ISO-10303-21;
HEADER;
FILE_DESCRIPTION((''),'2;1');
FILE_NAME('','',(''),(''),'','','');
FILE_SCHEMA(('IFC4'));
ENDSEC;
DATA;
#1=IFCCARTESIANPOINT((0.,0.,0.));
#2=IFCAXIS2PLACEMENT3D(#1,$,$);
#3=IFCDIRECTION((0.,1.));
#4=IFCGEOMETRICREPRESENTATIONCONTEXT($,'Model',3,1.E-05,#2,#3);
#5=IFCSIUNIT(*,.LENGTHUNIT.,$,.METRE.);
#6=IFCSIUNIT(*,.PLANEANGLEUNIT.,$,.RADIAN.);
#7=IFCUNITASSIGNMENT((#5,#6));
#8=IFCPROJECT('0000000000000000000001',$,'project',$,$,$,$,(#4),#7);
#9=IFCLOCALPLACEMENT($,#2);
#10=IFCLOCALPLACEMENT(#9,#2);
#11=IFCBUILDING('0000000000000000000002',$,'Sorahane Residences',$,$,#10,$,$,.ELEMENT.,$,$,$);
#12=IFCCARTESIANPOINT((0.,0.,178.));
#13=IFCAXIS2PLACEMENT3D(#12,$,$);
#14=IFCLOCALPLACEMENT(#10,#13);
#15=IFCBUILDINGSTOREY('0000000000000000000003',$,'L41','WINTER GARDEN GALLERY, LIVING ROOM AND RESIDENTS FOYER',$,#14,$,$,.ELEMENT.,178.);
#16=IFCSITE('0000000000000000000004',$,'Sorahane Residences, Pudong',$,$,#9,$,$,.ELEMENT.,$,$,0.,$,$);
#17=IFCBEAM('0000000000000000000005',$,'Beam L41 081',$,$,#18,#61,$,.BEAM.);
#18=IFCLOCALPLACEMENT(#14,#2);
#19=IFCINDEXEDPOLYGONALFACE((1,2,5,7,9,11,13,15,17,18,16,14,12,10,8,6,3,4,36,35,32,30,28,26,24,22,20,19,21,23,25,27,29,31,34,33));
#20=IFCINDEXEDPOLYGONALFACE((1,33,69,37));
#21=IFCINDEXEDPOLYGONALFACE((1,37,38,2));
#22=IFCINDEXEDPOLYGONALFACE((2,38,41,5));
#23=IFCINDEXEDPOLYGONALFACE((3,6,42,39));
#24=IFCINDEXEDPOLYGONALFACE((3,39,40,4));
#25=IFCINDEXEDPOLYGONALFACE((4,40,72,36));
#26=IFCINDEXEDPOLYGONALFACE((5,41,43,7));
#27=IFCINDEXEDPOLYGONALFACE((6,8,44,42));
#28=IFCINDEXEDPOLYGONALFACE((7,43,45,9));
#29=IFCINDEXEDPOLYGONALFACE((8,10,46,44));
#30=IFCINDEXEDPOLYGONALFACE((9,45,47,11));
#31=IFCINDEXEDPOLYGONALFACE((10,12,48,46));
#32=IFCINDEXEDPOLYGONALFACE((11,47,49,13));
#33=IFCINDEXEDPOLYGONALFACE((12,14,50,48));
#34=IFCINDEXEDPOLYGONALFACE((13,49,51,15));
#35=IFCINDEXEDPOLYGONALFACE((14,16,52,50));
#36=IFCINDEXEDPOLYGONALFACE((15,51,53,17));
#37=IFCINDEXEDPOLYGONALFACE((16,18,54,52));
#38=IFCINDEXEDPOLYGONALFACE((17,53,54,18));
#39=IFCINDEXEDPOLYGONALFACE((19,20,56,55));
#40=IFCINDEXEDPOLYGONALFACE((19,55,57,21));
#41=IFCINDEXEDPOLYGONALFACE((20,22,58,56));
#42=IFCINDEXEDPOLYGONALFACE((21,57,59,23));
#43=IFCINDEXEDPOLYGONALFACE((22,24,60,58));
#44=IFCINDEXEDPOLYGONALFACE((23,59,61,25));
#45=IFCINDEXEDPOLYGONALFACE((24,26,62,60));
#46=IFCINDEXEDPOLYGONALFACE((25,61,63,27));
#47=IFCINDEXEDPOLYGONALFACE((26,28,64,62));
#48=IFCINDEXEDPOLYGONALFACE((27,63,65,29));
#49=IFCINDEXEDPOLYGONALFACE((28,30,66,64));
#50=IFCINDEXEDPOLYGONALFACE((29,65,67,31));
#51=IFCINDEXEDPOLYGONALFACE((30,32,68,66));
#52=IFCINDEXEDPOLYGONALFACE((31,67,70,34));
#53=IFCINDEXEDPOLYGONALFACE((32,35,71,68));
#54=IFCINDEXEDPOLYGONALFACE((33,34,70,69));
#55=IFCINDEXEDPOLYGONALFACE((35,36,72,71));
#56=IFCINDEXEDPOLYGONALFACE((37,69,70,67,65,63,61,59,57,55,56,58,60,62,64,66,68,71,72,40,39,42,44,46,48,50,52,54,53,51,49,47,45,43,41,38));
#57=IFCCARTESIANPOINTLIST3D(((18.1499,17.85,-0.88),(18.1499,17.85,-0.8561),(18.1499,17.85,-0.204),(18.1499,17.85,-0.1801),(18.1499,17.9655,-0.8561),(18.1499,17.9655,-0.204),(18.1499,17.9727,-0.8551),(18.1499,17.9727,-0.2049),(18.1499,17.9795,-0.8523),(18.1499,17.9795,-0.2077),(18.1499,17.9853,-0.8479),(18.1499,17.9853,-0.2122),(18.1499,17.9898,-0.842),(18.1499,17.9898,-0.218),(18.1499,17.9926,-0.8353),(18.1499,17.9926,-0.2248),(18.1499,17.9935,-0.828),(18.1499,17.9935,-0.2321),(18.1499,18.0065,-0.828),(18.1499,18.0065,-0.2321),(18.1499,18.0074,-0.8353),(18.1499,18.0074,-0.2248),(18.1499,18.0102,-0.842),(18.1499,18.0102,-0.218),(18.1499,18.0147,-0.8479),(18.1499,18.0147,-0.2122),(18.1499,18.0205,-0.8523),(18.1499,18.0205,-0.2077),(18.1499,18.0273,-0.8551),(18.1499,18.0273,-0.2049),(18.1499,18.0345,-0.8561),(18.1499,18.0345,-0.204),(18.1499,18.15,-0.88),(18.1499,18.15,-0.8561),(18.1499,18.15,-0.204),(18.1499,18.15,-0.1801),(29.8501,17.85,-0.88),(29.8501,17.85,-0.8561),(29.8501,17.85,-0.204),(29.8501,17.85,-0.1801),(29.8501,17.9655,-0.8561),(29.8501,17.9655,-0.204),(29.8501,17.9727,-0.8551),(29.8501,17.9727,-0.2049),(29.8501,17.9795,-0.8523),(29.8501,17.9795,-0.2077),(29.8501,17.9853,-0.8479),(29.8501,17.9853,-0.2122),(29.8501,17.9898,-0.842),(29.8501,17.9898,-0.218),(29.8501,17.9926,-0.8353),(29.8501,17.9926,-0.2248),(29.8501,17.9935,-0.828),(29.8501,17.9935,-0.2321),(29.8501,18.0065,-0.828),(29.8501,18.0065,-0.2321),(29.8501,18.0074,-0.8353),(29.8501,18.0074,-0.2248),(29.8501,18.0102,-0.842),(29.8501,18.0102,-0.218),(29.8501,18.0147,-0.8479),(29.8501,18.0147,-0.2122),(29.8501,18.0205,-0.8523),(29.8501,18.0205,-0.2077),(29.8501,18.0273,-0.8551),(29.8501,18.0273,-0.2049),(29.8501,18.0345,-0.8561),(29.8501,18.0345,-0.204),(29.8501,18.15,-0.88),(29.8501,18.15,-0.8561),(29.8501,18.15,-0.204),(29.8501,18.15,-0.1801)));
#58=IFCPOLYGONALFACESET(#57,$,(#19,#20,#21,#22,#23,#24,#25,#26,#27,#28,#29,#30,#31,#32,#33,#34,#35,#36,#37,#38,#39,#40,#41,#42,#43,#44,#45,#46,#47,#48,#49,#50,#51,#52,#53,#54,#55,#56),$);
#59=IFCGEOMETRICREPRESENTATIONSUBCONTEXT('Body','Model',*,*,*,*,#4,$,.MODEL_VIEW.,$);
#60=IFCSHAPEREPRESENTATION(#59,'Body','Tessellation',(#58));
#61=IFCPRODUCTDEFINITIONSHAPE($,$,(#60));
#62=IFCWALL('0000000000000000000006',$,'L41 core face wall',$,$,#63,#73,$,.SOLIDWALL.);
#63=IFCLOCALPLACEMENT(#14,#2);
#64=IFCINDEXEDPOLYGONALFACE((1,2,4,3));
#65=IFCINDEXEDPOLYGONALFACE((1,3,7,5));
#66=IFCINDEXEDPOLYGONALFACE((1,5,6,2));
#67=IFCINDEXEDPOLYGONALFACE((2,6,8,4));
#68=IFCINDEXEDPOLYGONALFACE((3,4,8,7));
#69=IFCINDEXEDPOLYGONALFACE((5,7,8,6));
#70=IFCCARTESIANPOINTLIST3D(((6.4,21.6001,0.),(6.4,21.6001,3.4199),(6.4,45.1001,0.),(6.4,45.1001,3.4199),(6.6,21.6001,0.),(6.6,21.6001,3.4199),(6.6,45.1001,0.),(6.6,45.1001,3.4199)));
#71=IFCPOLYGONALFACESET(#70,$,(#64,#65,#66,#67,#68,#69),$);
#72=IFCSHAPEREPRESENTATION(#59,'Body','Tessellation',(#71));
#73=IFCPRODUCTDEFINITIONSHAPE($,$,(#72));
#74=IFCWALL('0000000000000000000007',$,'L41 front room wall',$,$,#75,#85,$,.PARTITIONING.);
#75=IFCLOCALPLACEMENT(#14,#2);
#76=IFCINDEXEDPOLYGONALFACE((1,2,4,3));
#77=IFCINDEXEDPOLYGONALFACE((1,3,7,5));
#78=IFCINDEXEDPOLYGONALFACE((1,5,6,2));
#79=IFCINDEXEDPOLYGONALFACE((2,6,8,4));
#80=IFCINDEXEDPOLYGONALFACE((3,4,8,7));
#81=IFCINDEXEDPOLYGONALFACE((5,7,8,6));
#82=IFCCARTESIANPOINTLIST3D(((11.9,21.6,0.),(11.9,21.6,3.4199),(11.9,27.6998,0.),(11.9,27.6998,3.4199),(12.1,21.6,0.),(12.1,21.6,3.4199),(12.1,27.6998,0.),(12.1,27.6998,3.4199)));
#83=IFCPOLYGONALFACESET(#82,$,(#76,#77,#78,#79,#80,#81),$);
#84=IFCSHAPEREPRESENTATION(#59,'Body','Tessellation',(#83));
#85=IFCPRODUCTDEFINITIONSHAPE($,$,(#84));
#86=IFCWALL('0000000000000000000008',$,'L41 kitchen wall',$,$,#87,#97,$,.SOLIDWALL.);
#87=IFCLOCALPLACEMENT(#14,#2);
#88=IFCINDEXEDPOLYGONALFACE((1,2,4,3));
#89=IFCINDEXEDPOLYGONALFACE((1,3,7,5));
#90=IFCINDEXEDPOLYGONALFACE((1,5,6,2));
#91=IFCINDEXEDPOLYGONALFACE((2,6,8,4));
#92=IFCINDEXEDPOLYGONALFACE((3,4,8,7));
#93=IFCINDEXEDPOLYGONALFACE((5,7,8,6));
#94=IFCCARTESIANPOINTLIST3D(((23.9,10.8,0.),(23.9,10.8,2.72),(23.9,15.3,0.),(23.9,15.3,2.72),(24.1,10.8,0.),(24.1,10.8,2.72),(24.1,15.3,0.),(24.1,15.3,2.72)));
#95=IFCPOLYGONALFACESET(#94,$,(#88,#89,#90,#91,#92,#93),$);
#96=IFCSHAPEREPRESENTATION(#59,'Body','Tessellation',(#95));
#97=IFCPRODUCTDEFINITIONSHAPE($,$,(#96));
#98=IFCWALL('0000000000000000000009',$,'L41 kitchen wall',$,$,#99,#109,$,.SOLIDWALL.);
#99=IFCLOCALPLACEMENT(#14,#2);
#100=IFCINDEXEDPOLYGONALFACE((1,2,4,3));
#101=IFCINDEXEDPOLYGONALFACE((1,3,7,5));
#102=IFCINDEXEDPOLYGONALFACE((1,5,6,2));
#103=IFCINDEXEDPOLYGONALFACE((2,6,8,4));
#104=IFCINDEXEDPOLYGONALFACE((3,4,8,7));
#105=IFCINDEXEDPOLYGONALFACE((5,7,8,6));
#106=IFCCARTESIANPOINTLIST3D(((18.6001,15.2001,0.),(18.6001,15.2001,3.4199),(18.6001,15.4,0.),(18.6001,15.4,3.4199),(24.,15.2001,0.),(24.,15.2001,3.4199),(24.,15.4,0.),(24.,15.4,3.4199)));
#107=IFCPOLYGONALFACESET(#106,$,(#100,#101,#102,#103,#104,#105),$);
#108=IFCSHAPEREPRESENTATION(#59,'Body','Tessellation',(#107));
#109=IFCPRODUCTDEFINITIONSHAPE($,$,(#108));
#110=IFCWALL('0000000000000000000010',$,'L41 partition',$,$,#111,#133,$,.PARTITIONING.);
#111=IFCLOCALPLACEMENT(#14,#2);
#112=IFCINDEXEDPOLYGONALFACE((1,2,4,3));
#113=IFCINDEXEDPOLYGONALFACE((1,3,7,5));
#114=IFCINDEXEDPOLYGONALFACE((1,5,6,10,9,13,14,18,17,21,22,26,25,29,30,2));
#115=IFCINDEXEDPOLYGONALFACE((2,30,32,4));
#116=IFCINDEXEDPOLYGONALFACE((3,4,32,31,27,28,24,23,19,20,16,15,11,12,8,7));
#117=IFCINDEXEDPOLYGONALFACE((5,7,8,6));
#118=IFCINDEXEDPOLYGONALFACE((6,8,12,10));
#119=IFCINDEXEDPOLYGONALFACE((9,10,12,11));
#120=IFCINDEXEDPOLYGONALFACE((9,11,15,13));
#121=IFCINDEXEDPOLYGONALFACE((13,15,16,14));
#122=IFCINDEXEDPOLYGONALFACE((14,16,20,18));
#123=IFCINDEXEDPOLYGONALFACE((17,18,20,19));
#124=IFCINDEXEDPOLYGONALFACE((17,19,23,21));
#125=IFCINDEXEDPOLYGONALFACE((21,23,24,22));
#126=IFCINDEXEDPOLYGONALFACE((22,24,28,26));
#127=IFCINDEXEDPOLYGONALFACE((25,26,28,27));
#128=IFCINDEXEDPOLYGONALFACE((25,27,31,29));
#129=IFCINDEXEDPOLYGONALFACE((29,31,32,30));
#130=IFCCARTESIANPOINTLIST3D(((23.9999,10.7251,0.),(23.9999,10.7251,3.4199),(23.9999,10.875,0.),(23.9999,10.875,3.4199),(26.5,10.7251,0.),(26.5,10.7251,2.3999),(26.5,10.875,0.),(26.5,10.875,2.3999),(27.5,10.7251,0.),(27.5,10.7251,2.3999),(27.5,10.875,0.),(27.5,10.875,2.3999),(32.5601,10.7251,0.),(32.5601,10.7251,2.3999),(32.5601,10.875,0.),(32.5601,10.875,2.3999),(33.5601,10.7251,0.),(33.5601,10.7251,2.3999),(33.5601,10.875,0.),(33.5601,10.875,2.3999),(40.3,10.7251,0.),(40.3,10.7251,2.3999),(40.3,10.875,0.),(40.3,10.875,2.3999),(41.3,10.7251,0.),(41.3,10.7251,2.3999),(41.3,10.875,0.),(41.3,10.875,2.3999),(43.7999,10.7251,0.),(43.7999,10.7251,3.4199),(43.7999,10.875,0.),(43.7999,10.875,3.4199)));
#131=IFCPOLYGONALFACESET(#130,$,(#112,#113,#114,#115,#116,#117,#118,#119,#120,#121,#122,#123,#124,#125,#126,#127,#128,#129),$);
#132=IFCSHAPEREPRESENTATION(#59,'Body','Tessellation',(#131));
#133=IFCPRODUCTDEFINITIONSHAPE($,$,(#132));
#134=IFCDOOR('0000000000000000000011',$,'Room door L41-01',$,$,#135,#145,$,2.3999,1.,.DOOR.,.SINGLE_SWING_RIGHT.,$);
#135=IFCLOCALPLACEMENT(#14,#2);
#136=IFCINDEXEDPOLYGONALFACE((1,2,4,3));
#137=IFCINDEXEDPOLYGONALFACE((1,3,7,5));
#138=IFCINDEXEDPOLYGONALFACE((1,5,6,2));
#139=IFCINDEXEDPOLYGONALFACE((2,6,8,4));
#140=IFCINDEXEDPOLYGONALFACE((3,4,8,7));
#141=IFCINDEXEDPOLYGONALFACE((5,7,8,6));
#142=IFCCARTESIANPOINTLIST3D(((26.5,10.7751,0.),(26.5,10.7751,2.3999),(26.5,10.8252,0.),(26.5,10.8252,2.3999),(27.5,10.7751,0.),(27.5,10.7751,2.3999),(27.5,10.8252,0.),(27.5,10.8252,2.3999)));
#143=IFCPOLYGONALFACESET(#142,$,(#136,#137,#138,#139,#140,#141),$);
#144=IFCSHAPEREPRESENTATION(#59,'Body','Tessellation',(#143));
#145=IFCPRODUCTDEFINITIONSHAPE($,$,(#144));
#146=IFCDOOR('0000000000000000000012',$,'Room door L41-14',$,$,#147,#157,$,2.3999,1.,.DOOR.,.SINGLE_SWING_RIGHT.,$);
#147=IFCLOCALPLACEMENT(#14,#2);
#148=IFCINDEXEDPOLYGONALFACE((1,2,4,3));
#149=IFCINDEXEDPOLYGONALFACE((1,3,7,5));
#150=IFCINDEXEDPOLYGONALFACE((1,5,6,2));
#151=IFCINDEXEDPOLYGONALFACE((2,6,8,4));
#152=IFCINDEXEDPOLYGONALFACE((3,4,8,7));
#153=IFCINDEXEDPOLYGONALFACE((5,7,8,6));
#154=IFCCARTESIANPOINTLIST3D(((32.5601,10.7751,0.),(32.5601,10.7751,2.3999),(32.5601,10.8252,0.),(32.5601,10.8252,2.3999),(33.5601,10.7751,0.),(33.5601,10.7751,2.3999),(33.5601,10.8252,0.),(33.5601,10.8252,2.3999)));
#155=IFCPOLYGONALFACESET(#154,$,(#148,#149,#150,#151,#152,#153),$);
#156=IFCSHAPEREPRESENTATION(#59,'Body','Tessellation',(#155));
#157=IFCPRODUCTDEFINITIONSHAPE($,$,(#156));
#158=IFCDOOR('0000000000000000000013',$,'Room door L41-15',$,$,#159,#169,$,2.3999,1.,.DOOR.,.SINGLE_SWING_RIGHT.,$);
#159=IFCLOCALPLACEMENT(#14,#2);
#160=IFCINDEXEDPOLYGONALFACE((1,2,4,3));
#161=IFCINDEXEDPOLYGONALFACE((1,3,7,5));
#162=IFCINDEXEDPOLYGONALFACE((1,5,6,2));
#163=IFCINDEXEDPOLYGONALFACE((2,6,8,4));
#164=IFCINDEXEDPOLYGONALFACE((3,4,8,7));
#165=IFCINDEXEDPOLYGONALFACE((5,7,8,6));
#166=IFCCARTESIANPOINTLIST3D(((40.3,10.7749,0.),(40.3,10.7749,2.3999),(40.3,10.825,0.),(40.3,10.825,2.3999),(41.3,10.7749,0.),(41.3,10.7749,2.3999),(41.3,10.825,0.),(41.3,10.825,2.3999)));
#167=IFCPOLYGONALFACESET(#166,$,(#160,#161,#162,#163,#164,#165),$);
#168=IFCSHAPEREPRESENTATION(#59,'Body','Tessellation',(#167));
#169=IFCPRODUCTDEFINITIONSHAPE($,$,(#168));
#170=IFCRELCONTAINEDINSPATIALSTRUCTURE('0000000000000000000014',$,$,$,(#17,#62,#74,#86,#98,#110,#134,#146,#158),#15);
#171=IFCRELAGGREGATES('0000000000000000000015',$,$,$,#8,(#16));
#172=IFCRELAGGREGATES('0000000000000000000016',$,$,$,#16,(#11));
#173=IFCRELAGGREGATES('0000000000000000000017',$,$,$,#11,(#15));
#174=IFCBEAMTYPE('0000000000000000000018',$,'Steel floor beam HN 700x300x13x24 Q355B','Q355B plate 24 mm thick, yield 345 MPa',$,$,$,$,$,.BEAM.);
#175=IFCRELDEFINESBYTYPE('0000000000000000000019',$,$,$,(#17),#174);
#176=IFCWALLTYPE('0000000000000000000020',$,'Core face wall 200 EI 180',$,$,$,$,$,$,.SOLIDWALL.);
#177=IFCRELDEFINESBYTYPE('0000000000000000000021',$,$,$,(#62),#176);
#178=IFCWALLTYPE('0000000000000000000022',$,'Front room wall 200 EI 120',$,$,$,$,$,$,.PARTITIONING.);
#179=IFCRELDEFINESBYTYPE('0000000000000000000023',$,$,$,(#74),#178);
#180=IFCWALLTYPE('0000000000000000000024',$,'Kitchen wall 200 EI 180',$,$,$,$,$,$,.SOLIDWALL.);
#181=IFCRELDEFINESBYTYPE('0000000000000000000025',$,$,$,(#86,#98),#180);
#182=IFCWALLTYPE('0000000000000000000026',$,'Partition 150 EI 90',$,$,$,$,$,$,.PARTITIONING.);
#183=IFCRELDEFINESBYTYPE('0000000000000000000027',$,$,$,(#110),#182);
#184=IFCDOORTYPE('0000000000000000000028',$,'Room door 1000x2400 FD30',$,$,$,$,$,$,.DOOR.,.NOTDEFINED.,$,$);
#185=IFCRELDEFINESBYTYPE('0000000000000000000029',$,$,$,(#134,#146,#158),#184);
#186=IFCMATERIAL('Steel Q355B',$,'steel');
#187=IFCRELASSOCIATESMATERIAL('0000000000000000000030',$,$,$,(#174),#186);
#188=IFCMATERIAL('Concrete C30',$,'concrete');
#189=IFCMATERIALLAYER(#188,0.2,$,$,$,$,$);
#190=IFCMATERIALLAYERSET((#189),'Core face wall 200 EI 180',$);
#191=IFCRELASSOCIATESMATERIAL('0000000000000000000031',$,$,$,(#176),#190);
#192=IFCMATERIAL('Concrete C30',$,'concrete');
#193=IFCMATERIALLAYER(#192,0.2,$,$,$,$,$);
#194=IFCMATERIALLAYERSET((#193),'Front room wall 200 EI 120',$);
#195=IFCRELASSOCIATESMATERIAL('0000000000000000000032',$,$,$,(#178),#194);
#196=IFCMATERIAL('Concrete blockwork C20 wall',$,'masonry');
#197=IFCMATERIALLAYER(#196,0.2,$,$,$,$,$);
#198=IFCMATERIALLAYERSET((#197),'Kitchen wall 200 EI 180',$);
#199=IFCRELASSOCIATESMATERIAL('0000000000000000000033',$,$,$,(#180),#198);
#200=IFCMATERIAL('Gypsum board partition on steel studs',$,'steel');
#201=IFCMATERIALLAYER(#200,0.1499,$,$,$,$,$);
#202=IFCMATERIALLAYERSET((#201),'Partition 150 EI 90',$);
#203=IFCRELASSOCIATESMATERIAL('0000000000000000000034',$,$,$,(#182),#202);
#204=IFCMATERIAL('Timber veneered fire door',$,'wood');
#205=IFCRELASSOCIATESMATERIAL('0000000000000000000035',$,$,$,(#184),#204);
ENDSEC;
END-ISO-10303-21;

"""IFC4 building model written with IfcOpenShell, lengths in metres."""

from ifc_helpers import new_model, si_unit, direction, frame, frame_2d, origin, origin_2d, place, context, subcontext, project, spatial, rectangle, i_section, extrude, material, layer, layer_set, material_profile, profile_set, type_object, element, fill, save


model = new_model("IFC4")

# Units and contexts
model_context = context("Model", 3, precision=1e-05, world=origin(), true_north=direction((0.0, 1.0)))
body_context = subcontext(model_context, "Body", "Model", "MODEL_VIEW")
ifc_project = project(units=[si_unit("LENGTHUNIT", "METRE"), si_unit("PLANEANGLEUNIT", "RADIAN")], contexts=[model_context])

# Site, building, storey
site_placement = place(None, origin())
site = spatial("IfcSite", under=ifc_project, at=site_placement, Name="Sorahane Residences, Pudong", CompositionType="ELEMENT", RefElevation=0.0)
building_placement = place(site_placement, origin())
building = spatial("IfcBuilding", under=site, at=building_placement, Name="Sorahane Residences", CompositionType="ELEMENT")
storey_placement = place(building_placement, frame((0.0, 0.0, 178.0)))
storey = spatial("IfcBuildingStorey", under=building, at=storey_placement, Name="L41", Description="WINTER GARDEN GALLERY, LIVING ROOM AND RESIDENTS FOYER", CompositionType="ELEMENT", Elevation=178.0)

# Beam
ifc_material_1 = material(Name="Steel Q355B", Category="steel")
ifc_material_profile_1 = material_profile(ifc_material_1, i_section(OverallWidth=0.3, OverallDepth=0.7, WebThickness=0.0129, FlangeThickness=0.0239, FilletRadius=0.0281, at=origin_2d()), Name="HN 700x300x13x24")
ifc_profile_set_1 = profile_set([ifc_material_profile_1], Name="Steel Q355B")
beam_type_1 = type_object("IfcBeamType", Name="Steel floor beam HN 700x300x13x24 Q355B", Description="Q355B plate 24 mm thick, yield 345 MPa", PredefinedType="BEAM", material=ifc_profile_set_1)
for number, where, z_axis, x_axis, name in (
    (1, (18.1499, 18.0, -0.53), (1.0, 0.0, 0.0), (0.0, 1.0, 0.0), "Beam L41 081"),
):
    element("IfcBeam", number, at=place(storey_placement, frame(where, z_axis=z_axis, x_axis=x_axis)), inside=storey, type_object=beam_type_1, Name=name, PredefinedType="BEAM", context=body_context, shape_type="SweptSolid", body=[
        extrude(i_section(OverallWidth=0.3, OverallDepth=0.7, WebThickness=0.0129, FlangeThickness=0.0239, FilletRadius=0.0281, at=origin_2d()), origin(), (0.0, 0.0, 1.0), 11.7002),
    ])

# Walls
ifc_material_2 = material(Name="Concrete C30", Category="concrete")
ifc_layer_1 = layer(ifc_material_2, 0.2)
ifc_layer_set_1 = layer_set([ifc_layer_1], Name="Core face wall 200 EI 180")
wall_type_1 = type_object("IfcWallType", Name="Core face wall 200 EI 180", PredefinedType="SOLIDWALL", material=ifc_layer_set_1)
wall_1_placement = place(storey_placement, frame((6.5, 21.6001, 0.0), z_axis=(0.0, 0.0, 1.0), x_axis=(0.0, 1.0, 0.0)))
element("IfcWall", 2, at=wall_1_placement, inside=storey, type_object=wall_type_1, Name="L41 core face wall", PredefinedType="SOLIDWALL", context=body_context, shape_type="SweptSolid", body=[
    extrude(rectangle(XDim=23.5, YDim=0.2, at=frame_2d((11.75, 0.0))), origin(), (0.0, 0.0, 1.0), 3.4199),
])
ifc_material_3 = material(Name="Concrete C30", Category="concrete")
ifc_layer_2 = layer(ifc_material_3, 0.2)
ifc_layer_set_2 = layer_set([ifc_layer_2], Name="Front room wall 200 EI 120")
wall_type_2 = type_object("IfcWallType", Name="Front room wall 200 EI 120", PredefinedType="PARTITIONING", material=ifc_layer_set_2)
wall_2_placement = place(storey_placement, frame((12.0, 21.6001, 0.0), z_axis=(0.0, 0.0, 1.0), x_axis=(0.0, 1.0, 0.0)))
element("IfcWall", 3, at=wall_2_placement, inside=storey, type_object=wall_type_2, Name="L41 front room wall", PredefinedType="PARTITIONING", context=body_context, shape_type="SweptSolid", body=[
    extrude(rectangle(XDim=6.0999, YDim=0.2, at=frame_2d((3.0498, 0.0))), origin(), (0.0, 0.0, 1.0), 3.4199),
])
ifc_material_4 = material(Name="Concrete blockwork C20 wall", Category="masonry")
ifc_layer_3 = layer(ifc_material_4, 0.2)
ifc_layer_set_3 = layer_set([ifc_layer_3], Name="Kitchen wall 200 EI 180")
wall_type_3 = type_object("IfcWallType", Name="Kitchen wall 200 EI 180", PredefinedType="SOLIDWALL", material=ifc_layer_set_3)
wall_3_placement = place(storey_placement, frame((24.0, 10.8, 0.0), z_axis=(0.0, 0.0, 1.0), x_axis=(0.0, 1.0, 0.0)))
element("IfcWall", 4, at=wall_3_placement, inside=storey, type_object=wall_type_3, Name="L41 kitchen wall", PredefinedType="SOLIDWALL", context=body_context, shape_type="SweptSolid", body=[
    extrude(rectangle(XDim=4.5, YDim=0.2, at=frame_2d((2.25, 0.0))), origin(), (0.0, 0.0, 1.0), 2.72),
])
wall_4_placement = place(storey_placement, frame((18.6001, 15.3, 0.0), z_axis=(0.0, 0.0, 1.0), x_axis=(1.0, 0.0, 0.0)))
element("IfcWall", 5, at=wall_4_placement, inside=storey, type_object=wall_type_3, Name="L41 kitchen wall", PredefinedType="SOLIDWALL", context=body_context, shape_type="SweptSolid", body=[
    extrude(rectangle(XDim=5.3999, YDim=0.2, at=frame_2d((2.7, 0.0))), origin(), (0.0, 0.0, 1.0), 3.4199),
])

# Wall, openings, doors
ifc_material_5 = material(Name="Gypsum board partition on steel studs", Category="steel")
ifc_layer_4 = layer(ifc_material_5, 0.1499)
ifc_layer_set_4 = layer_set([ifc_layer_4], Name="Partition 150 EI 90")
wall_type_4 = type_object("IfcWallType", Name="Partition 150 EI 90", PredefinedType="PARTITIONING", material=ifc_layer_set_4)
wall_5_placement = place(storey_placement, frame((24.0, 10.8, 0.0), z_axis=(0.0, 0.0, 1.0), x_axis=(1.0, 0.0, 0.0)))
wall_5 = element("IfcWall", 6, at=wall_5_placement, inside=storey, type_object=wall_type_4, Name="L41 partition", PredefinedType="PARTITIONING", context=body_context, shape_type="SweptSolid", body=[
    extrude(rectangle(XDim=19.8, YDim=0.1499, at=frame_2d((9.8999, 0.0))), origin(), (0.0, 0.0, 1.0), 3.4199),
])
opening_1_placement = place(wall_5_placement, frame((2.5, 0.0, 0.0)))
opening_1 = element("IfcOpeningElement", 7, at=opening_1_placement, cuts=wall_5, PredefinedType="OPENING", context=body_context, shape_type="SweptSolid", body=[
    extrude(rectangle(XDim=1.0, YDim=2.3999, at=frame_2d((0.5, 1.2))), frame((0.0, 0.085, 0.0), z_axis=(0.0, -1.0, 0.0), x_axis=(1.0, 0.0, 0.0)), (0.0, 0.0, 1.0), 0.1699),
])
opening_2_placement = place(wall_5_placement, frame((8.5601, 0.0, 0.0)))
opening_2 = element("IfcOpeningElement", 8, at=opening_2_placement, cuts=wall_5, PredefinedType="OPENING", context=body_context, shape_type="SweptSolid", body=[
    extrude(rectangle(XDim=1.0, YDim=2.3999, at=frame_2d((0.5, 1.2))), frame((0.0, 0.085, 0.0), z_axis=(0.0, -1.0, 0.0), x_axis=(1.0, 0.0, 0.0)), (0.0, 0.0, 1.0), 0.1699),
])
opening_3_placement = place(wall_5_placement, frame((16.3, 0.0, 0.0)))
opening_3 = element("IfcOpeningElement", 9, at=opening_3_placement, cuts=wall_5, PredefinedType="OPENING", context=body_context, shape_type="SweptSolid", body=[
    extrude(rectangle(XDim=1.0, YDim=2.3999, at=frame_2d((0.5, 1.2))), frame((0.0, 0.085, 0.0), z_axis=(0.0, -1.0, 0.0), x_axis=(1.0, 0.0, 0.0)), (0.0, 0.0, 1.0), 0.1699),
])
ifc_material_6 = material(Name="Timber veneered fire door", Category="wood")
door_type_1 = type_object("IfcDoorType", Name="Room door 1000x2400 FD30", OperationType="NOTDEFINED", PredefinedType="DOOR", material=ifc_material_6)
door_1_placement = place(opening_1_placement, frame((1.0, 0.0, 0.0), z_axis=(0.0, 0.0, 1.0), x_axis=(-1.0, 0.0, 0.0)))
door_1 = element("IfcDoor", 10, at=door_1_placement, inside=storey, type_object=door_type_1, Name="Room door L41-01", OperationType="SINGLE_SWING_RIGHT", OverallHeight=2.3999, OverallWidth=1.0, PredefinedType="DOOR", context=body_context, shape_type="SweptSolid", body=[
    extrude(rectangle(XDim=1.0, YDim=2.3999, at=frame_2d((0.5, 1.2))), frame((0.0, 0.0249, 0.0), z_axis=(0.0, -1.0, 0.0), x_axis=(1.0, 0.0, 0.0)), (0.0, 0.0, 1.0), 0.05),
])
fill(opening_1, door_1)
door_2_placement = place(opening_2_placement, frame((1.0, 0.0, 0.0), z_axis=(0.0, 0.0, 1.0), x_axis=(-1.0, 0.0, 0.0)))
door_2 = element("IfcDoor", 11, at=door_2_placement, inside=storey, type_object=door_type_1, Name="Room door L41-14", OperationType="SINGLE_SWING_RIGHT", OverallHeight=2.3999, OverallWidth=1.0, PredefinedType="DOOR", context=body_context, shape_type="SweptSolid", body=[
    extrude(rectangle(XDim=1.0, YDim=2.3999, at=frame_2d((0.5, 1.2))), frame((0.0, 0.0249, 0.0), z_axis=(0.0, -1.0, 0.0), x_axis=(1.0, 0.0, 0.0)), (0.0, 0.0, 1.0), 0.05),
])
fill(opening_2, door_2)
door_3_placement = place(opening_3_placement, origin())
door_3 = element("IfcDoor", 12, at=door_3_placement, inside=storey, type_object=door_type_1, Name="Room door L41-15", OperationType="SINGLE_SWING_RIGHT", OverallHeight=2.3999, OverallWidth=1.0, PredefinedType="DOOR", context=body_context, shape_type="SweptSolid", body=[
    extrude(rectangle(XDim=1.0, YDim=2.3999, at=frame_2d((0.5, 1.2))), frame((0.0, 0.0249, 0.0), z_axis=(0.0, -1.0, 0.0), x_axis=(1.0, 0.0, 0.0)), (0.0, 0.0, 1.0), 0.05),
])
fill(opening_3, door_3)

save(model, "model.ifc")
